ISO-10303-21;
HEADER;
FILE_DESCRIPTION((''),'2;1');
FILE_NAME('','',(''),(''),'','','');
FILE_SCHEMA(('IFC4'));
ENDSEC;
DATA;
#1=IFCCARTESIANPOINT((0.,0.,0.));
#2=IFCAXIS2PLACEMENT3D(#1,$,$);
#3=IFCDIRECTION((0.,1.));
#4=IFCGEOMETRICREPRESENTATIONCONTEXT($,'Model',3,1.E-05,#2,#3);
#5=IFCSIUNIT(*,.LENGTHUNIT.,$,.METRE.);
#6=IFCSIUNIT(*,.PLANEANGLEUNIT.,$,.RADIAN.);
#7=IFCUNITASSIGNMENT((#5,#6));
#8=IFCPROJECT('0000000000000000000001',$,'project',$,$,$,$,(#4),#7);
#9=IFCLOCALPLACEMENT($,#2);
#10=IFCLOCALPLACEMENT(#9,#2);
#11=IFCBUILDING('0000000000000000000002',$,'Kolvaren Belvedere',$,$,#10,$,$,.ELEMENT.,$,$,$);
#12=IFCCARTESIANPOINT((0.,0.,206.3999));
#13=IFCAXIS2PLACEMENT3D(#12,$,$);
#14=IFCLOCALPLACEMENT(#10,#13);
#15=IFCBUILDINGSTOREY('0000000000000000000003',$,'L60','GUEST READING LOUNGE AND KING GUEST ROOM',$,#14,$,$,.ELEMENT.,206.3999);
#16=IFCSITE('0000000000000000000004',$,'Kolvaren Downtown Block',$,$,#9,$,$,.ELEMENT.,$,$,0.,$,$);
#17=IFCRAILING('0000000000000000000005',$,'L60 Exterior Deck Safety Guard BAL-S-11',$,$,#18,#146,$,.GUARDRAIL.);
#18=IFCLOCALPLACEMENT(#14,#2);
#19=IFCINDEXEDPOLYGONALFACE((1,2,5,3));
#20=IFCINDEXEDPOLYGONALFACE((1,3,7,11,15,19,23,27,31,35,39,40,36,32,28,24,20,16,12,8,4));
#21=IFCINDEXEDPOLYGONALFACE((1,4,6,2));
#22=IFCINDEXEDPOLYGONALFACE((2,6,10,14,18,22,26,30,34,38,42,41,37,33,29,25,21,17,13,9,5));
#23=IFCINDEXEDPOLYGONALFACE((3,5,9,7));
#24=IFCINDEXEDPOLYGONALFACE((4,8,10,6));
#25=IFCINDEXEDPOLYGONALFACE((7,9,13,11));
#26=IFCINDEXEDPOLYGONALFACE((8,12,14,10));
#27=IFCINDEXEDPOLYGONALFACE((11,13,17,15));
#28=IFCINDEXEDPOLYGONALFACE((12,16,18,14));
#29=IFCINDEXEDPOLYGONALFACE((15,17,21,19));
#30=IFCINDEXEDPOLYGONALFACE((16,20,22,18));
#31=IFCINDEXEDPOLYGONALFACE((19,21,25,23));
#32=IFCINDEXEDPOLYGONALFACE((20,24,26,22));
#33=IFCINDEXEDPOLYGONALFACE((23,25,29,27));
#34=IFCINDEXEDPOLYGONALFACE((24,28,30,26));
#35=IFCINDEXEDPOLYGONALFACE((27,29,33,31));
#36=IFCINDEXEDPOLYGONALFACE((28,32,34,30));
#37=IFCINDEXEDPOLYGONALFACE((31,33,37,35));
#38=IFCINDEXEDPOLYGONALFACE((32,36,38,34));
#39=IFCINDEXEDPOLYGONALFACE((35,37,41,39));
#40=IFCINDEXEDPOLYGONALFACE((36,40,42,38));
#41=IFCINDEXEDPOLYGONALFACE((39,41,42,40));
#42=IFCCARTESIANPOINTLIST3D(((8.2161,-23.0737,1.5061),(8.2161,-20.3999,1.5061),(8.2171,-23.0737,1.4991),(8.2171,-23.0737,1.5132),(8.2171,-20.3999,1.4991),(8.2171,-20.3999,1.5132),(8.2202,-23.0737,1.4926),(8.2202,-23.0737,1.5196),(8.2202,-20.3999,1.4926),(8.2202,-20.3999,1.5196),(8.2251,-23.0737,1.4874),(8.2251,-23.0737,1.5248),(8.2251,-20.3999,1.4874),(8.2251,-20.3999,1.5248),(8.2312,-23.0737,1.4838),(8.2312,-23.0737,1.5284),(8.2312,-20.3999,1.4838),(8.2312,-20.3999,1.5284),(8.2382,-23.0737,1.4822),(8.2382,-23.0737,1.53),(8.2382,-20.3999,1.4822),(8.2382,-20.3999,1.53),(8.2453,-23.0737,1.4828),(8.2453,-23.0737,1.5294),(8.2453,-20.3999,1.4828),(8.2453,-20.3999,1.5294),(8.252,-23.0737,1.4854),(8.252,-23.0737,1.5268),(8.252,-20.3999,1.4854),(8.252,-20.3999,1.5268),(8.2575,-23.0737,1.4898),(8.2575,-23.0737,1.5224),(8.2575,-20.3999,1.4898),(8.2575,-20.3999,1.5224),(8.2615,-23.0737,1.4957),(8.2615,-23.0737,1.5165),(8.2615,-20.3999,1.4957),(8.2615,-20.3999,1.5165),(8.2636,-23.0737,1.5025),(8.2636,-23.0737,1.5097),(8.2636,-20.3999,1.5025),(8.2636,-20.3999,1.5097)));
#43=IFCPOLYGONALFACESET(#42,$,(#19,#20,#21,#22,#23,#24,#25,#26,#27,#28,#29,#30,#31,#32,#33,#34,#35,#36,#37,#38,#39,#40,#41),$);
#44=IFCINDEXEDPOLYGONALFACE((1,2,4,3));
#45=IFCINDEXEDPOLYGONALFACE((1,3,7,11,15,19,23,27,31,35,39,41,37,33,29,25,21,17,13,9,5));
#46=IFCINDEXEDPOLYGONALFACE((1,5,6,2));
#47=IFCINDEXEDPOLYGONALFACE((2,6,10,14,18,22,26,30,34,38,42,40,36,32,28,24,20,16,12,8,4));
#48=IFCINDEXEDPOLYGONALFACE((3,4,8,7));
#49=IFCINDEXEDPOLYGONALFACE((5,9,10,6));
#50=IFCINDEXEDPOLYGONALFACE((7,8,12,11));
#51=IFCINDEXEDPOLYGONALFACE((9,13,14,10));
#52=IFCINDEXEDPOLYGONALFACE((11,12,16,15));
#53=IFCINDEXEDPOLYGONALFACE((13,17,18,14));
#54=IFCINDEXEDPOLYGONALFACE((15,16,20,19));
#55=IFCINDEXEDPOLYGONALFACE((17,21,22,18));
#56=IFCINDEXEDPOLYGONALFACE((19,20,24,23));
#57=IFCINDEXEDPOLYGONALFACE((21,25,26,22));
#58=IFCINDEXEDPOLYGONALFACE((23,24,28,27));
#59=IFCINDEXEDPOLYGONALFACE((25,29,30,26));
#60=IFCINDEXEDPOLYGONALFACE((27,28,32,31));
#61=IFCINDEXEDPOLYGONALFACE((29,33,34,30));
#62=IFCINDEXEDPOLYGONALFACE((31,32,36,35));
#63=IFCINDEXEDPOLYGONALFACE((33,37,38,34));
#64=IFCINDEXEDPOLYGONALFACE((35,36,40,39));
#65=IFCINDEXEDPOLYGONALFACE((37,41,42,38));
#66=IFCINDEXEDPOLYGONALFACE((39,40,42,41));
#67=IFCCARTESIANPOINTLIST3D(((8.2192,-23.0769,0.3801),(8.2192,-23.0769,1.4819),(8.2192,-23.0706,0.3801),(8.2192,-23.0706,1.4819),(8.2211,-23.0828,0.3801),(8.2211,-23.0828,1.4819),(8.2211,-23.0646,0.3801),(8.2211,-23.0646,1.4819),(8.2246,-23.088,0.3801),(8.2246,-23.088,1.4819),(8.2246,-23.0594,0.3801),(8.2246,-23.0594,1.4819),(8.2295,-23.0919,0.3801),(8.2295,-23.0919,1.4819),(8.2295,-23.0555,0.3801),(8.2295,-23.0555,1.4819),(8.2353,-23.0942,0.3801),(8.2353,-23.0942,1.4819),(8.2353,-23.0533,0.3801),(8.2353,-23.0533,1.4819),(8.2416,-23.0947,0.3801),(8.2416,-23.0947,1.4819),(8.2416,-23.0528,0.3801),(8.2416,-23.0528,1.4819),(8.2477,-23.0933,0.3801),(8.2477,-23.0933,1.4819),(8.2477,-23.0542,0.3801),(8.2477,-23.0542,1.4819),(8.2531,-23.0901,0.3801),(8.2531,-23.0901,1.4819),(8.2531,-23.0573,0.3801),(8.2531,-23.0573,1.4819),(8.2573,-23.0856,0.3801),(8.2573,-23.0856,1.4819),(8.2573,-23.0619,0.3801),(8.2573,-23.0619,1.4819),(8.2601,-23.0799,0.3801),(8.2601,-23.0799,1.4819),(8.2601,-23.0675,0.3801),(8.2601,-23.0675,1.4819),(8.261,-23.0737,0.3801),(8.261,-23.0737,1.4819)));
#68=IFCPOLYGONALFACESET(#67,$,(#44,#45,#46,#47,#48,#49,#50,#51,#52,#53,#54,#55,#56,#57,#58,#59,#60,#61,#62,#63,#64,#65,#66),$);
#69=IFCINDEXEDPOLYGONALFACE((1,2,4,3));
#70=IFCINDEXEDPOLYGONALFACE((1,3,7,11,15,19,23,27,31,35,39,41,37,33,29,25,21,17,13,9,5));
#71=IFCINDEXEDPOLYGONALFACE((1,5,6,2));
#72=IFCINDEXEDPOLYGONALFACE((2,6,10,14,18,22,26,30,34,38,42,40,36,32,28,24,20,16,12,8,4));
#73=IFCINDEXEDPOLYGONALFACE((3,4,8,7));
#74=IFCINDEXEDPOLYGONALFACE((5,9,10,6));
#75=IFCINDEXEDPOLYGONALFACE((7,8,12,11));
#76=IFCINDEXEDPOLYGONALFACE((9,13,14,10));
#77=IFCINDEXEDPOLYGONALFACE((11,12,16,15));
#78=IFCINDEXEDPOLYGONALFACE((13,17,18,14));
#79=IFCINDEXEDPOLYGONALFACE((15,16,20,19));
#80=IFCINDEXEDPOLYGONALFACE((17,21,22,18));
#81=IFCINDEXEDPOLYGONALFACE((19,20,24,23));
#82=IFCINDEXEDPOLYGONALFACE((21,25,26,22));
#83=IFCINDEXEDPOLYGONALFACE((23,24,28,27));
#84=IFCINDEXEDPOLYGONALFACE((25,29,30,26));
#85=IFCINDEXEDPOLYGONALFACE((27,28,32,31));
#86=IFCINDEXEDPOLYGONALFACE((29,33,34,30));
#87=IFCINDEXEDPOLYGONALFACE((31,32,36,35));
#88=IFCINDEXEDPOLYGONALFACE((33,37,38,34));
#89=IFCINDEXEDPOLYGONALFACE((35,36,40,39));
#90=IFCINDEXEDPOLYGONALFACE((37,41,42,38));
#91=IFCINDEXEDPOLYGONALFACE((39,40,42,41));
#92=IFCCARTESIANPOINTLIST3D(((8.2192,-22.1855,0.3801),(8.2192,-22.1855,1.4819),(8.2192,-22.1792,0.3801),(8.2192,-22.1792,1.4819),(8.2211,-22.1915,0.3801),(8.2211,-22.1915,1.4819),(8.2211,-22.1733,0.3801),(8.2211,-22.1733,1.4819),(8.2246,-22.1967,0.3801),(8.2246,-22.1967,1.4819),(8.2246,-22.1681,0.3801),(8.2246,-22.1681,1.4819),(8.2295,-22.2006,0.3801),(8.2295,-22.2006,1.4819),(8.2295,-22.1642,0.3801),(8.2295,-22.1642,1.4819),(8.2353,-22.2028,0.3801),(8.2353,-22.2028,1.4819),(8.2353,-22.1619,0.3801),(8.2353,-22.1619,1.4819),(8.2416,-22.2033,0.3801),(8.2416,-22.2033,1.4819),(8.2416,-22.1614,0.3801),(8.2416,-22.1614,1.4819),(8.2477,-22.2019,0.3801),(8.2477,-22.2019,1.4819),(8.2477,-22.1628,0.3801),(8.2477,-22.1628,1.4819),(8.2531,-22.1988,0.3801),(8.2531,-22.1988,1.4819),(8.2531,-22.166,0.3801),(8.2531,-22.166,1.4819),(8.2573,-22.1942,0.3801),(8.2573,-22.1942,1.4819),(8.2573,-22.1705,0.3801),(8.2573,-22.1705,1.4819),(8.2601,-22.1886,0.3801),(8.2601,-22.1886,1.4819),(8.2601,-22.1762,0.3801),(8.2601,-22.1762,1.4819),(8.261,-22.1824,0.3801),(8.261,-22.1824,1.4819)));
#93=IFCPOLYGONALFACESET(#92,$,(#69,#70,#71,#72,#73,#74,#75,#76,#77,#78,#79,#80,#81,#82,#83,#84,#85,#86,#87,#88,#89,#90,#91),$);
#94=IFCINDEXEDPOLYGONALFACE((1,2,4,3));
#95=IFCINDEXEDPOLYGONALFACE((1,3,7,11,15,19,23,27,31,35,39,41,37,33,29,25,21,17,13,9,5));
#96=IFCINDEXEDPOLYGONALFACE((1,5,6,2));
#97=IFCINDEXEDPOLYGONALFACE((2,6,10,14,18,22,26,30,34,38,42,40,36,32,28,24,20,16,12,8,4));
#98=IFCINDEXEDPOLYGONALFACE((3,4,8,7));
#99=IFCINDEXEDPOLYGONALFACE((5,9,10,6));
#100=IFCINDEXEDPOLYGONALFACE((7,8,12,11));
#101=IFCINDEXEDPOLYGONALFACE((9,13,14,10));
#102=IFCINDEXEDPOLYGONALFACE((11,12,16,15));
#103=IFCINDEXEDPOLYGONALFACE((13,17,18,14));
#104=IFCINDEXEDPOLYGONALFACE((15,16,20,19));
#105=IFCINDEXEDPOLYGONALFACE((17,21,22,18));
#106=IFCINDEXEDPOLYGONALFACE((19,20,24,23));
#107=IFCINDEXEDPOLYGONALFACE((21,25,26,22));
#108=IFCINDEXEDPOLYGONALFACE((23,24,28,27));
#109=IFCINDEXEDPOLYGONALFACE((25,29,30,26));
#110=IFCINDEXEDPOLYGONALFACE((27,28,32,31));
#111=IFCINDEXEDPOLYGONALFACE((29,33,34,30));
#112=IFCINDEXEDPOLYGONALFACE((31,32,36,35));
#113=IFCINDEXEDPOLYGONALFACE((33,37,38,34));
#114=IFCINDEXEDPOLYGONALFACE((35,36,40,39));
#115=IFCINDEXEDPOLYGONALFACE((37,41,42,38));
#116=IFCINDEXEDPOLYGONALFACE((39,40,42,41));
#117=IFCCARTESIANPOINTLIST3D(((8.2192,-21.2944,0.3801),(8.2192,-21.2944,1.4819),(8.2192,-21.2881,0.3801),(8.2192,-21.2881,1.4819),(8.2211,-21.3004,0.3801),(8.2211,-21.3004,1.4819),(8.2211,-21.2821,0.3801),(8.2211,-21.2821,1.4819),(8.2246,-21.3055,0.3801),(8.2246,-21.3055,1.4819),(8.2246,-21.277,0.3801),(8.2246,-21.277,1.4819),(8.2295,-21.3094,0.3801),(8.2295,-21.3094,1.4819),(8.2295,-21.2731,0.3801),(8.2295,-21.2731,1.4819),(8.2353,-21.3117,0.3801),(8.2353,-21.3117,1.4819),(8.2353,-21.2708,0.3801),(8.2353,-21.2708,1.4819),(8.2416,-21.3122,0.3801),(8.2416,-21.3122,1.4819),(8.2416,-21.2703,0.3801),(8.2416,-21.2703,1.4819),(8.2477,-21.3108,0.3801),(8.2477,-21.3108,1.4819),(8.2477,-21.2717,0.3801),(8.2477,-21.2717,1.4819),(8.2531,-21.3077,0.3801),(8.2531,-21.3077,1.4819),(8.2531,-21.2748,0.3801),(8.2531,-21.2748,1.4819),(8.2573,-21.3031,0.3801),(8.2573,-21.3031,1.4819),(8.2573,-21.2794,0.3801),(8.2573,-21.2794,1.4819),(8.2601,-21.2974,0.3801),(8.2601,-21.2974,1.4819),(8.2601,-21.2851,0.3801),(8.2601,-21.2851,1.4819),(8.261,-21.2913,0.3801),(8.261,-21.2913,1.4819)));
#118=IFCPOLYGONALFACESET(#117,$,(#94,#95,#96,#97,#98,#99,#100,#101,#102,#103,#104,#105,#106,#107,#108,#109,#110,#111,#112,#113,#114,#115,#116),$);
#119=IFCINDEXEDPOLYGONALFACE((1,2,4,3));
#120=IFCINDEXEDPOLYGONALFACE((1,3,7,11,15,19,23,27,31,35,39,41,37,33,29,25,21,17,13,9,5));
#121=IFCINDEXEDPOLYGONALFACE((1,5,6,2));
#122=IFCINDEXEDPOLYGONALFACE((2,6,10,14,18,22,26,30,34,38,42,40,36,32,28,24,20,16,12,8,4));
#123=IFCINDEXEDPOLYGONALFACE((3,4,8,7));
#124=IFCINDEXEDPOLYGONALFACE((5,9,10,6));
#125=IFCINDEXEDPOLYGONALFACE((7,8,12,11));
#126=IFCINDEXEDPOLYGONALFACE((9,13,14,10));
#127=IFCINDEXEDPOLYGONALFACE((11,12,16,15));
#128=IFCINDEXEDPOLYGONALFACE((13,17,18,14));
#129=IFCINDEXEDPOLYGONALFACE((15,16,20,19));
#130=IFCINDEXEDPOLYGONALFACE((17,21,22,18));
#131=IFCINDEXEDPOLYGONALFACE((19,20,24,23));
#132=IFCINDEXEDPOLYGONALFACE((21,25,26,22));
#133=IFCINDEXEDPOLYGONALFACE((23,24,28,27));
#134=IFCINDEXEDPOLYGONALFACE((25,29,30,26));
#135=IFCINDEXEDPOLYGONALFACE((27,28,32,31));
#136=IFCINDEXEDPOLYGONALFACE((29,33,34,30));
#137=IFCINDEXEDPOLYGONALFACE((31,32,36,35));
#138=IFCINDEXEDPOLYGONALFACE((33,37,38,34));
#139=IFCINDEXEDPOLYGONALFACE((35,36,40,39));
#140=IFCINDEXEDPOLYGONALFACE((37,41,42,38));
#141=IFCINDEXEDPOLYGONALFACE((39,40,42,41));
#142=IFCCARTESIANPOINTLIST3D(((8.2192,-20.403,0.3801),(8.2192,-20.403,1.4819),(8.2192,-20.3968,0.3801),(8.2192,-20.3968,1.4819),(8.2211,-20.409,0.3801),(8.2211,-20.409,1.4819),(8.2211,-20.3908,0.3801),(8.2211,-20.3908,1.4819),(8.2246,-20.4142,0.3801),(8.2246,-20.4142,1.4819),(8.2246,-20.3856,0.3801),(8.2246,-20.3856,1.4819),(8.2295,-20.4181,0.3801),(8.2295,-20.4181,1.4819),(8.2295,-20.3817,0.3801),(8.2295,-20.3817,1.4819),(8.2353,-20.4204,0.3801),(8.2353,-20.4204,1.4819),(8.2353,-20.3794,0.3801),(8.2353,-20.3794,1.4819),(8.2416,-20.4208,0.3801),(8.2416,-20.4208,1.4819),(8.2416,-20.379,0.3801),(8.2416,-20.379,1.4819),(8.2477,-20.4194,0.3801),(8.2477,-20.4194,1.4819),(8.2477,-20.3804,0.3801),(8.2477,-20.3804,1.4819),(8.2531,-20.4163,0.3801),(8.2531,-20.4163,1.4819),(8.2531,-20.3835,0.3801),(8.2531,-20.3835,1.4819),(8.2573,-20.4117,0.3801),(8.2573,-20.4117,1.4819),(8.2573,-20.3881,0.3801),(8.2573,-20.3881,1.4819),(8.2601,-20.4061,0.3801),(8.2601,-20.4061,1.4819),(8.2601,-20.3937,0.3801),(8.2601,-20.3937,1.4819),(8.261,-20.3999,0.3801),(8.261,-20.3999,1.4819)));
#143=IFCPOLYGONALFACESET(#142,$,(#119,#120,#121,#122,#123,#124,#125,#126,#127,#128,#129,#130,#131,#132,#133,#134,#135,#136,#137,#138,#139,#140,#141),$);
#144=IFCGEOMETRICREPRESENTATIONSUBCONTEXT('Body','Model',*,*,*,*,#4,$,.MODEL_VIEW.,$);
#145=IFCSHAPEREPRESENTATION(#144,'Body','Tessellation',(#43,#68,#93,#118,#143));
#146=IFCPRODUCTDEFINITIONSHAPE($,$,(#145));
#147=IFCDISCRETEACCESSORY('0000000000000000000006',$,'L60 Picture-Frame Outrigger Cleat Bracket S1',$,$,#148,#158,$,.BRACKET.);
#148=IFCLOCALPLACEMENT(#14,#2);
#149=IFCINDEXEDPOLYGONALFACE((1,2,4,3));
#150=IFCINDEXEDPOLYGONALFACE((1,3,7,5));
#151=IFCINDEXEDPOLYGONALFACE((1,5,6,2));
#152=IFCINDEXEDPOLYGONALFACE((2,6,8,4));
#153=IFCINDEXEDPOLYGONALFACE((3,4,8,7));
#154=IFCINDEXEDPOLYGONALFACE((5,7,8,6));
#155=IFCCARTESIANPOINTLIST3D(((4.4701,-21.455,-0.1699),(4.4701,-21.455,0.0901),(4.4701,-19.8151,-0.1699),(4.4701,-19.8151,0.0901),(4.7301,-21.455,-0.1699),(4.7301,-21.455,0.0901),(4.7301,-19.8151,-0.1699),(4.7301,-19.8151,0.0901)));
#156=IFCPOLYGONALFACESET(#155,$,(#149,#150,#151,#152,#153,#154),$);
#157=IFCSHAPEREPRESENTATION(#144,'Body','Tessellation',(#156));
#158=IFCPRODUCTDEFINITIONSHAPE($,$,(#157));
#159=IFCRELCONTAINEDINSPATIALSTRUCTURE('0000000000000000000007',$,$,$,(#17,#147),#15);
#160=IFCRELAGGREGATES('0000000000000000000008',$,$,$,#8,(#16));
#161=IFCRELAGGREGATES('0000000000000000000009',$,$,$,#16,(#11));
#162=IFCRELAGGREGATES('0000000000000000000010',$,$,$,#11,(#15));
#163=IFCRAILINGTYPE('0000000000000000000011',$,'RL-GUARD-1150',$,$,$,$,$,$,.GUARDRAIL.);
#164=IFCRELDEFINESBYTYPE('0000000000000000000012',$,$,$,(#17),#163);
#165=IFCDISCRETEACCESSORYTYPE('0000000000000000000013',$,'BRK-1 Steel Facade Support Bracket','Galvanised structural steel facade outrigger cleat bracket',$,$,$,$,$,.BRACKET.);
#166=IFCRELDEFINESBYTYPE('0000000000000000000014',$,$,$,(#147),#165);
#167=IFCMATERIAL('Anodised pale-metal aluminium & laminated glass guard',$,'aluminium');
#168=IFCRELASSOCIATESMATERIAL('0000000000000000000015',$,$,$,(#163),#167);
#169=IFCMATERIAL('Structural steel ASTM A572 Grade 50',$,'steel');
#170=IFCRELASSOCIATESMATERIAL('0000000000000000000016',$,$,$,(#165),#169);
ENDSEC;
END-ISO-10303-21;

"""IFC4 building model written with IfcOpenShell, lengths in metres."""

from ifc_helpers import new_model, si_unit, direction, frame, origin, origin_2d, place, context, subcontext, project, spatial, rectangle, circle, extrude, material, type_object, element, save


model = new_model("IFC4")

# Units and contexts
model_context = context("Model", 3, precision=1e-05, world=origin(), true_north=direction((0.0, 1.0)))
body_context = subcontext(model_context, "Body", "Model", "MODEL_VIEW")
ifc_project = project(units=[si_unit("LENGTHUNIT", "METRE"), si_unit("PLANEANGLEUNIT", "RADIAN")], contexts=[model_context])

# Site, building, storey
site_placement = place(None, origin())
site = spatial("IfcSite", under=ifc_project, at=site_placement, Name="Kolvaren Downtown Block", CompositionType="ELEMENT", RefElevation=0.0)
building_placement = place(site_placement, origin())
building = spatial("IfcBuilding", under=site, at=building_placement, Name="Kolvaren Belvedere", CompositionType="ELEMENT")
storey_placement = place(building_placement, frame((0.0, 0.0, 206.3999)))
storey = spatial("IfcBuildingStorey", under=building, at=storey_placement, Name="L60", Description="GUEST READING LOUNGE AND KING GUEST ROOM", CompositionType="ELEMENT", Elevation=206.3999)

# Railing
ifc_material_1 = material(Name="Anodised pale-metal aluminium & laminated glass guard", Category="aluminium")
railing_type = type_object("IfcRailingType", Name="RL-GUARD-1150", PredefinedType="GUARDRAIL", material=ifc_material_1)
railing_1_placement = place(storey_placement, frame((8.24, -23.0737, 0.3801)))
element("IfcRailing", 1, at=railing_1_placement, inside=storey, type_object=railing_type, Name="L60 Exterior Deck Safety Guard BAL-S-11", PredefinedType="GUARDRAIL", context=body_context, shape_type="SweptSolid", body=[
    extrude(circle(Radius=0.0239, at=origin_2d()), frame((0.0, 0.0, 1.126), z_axis=(0.0, 1.0, 0.0), x_axis=(-1.0, 0.0, 0.0)), (0.0, 0.0, 1.0), 2.6738),
    extrude(circle(Radius=0.021, at=origin_2d()), origin(), (0.0, 0.0, 1.0), 1.1018),
    extrude(circle(Radius=0.021, at=origin_2d()), frame((0.0, 0.8914, 0.0)), (0.0, 0.0, 1.0), 1.1018),
    extrude(circle(Radius=0.021, at=origin_2d()), frame((0.0, 1.7825, 0.0)), (0.0, 0.0, 1.0), 1.1018),
    extrude(circle(Radius=0.021, at=origin_2d()), frame((0.0, 2.6738, 0.0)), (0.0, 0.0, 1.0), 1.1018),
])

# Discrete accessory
ifc_material_2 = material(Name="Structural steel ASTM A572 Grade 50", Category="steel")
discrete_accessory_type = type_object("IfcDiscreteAccessoryType", Name="BRK-1 Steel Facade Support Bracket", Description="Galvanised structural steel facade outrigger cleat bracket", PredefinedType="BRACKET", material=ifc_material_2)
discrete_accessory_placement = place(storey_placement, frame((4.6001, -20.635, -0.1699), z_axis=(0.0, 0.0, 1.0), x_axis=(0.0, 1.0, 0.0)))
element("IfcDiscreteAccessory", 2, at=discrete_accessory_placement, inside=storey, type_object=discrete_accessory_type, Name="L60 Picture-Frame Outrigger Cleat Bracket S1", PredefinedType="BRACKET", context=body_context, shape_type="SweptSolid", body=[
    extrude(rectangle(XDim=1.6399, YDim=0.26, at=origin_2d()), origin(), (0.0, 0.0, 1.0), 0.26),
])

save(model, "model.ifc")
